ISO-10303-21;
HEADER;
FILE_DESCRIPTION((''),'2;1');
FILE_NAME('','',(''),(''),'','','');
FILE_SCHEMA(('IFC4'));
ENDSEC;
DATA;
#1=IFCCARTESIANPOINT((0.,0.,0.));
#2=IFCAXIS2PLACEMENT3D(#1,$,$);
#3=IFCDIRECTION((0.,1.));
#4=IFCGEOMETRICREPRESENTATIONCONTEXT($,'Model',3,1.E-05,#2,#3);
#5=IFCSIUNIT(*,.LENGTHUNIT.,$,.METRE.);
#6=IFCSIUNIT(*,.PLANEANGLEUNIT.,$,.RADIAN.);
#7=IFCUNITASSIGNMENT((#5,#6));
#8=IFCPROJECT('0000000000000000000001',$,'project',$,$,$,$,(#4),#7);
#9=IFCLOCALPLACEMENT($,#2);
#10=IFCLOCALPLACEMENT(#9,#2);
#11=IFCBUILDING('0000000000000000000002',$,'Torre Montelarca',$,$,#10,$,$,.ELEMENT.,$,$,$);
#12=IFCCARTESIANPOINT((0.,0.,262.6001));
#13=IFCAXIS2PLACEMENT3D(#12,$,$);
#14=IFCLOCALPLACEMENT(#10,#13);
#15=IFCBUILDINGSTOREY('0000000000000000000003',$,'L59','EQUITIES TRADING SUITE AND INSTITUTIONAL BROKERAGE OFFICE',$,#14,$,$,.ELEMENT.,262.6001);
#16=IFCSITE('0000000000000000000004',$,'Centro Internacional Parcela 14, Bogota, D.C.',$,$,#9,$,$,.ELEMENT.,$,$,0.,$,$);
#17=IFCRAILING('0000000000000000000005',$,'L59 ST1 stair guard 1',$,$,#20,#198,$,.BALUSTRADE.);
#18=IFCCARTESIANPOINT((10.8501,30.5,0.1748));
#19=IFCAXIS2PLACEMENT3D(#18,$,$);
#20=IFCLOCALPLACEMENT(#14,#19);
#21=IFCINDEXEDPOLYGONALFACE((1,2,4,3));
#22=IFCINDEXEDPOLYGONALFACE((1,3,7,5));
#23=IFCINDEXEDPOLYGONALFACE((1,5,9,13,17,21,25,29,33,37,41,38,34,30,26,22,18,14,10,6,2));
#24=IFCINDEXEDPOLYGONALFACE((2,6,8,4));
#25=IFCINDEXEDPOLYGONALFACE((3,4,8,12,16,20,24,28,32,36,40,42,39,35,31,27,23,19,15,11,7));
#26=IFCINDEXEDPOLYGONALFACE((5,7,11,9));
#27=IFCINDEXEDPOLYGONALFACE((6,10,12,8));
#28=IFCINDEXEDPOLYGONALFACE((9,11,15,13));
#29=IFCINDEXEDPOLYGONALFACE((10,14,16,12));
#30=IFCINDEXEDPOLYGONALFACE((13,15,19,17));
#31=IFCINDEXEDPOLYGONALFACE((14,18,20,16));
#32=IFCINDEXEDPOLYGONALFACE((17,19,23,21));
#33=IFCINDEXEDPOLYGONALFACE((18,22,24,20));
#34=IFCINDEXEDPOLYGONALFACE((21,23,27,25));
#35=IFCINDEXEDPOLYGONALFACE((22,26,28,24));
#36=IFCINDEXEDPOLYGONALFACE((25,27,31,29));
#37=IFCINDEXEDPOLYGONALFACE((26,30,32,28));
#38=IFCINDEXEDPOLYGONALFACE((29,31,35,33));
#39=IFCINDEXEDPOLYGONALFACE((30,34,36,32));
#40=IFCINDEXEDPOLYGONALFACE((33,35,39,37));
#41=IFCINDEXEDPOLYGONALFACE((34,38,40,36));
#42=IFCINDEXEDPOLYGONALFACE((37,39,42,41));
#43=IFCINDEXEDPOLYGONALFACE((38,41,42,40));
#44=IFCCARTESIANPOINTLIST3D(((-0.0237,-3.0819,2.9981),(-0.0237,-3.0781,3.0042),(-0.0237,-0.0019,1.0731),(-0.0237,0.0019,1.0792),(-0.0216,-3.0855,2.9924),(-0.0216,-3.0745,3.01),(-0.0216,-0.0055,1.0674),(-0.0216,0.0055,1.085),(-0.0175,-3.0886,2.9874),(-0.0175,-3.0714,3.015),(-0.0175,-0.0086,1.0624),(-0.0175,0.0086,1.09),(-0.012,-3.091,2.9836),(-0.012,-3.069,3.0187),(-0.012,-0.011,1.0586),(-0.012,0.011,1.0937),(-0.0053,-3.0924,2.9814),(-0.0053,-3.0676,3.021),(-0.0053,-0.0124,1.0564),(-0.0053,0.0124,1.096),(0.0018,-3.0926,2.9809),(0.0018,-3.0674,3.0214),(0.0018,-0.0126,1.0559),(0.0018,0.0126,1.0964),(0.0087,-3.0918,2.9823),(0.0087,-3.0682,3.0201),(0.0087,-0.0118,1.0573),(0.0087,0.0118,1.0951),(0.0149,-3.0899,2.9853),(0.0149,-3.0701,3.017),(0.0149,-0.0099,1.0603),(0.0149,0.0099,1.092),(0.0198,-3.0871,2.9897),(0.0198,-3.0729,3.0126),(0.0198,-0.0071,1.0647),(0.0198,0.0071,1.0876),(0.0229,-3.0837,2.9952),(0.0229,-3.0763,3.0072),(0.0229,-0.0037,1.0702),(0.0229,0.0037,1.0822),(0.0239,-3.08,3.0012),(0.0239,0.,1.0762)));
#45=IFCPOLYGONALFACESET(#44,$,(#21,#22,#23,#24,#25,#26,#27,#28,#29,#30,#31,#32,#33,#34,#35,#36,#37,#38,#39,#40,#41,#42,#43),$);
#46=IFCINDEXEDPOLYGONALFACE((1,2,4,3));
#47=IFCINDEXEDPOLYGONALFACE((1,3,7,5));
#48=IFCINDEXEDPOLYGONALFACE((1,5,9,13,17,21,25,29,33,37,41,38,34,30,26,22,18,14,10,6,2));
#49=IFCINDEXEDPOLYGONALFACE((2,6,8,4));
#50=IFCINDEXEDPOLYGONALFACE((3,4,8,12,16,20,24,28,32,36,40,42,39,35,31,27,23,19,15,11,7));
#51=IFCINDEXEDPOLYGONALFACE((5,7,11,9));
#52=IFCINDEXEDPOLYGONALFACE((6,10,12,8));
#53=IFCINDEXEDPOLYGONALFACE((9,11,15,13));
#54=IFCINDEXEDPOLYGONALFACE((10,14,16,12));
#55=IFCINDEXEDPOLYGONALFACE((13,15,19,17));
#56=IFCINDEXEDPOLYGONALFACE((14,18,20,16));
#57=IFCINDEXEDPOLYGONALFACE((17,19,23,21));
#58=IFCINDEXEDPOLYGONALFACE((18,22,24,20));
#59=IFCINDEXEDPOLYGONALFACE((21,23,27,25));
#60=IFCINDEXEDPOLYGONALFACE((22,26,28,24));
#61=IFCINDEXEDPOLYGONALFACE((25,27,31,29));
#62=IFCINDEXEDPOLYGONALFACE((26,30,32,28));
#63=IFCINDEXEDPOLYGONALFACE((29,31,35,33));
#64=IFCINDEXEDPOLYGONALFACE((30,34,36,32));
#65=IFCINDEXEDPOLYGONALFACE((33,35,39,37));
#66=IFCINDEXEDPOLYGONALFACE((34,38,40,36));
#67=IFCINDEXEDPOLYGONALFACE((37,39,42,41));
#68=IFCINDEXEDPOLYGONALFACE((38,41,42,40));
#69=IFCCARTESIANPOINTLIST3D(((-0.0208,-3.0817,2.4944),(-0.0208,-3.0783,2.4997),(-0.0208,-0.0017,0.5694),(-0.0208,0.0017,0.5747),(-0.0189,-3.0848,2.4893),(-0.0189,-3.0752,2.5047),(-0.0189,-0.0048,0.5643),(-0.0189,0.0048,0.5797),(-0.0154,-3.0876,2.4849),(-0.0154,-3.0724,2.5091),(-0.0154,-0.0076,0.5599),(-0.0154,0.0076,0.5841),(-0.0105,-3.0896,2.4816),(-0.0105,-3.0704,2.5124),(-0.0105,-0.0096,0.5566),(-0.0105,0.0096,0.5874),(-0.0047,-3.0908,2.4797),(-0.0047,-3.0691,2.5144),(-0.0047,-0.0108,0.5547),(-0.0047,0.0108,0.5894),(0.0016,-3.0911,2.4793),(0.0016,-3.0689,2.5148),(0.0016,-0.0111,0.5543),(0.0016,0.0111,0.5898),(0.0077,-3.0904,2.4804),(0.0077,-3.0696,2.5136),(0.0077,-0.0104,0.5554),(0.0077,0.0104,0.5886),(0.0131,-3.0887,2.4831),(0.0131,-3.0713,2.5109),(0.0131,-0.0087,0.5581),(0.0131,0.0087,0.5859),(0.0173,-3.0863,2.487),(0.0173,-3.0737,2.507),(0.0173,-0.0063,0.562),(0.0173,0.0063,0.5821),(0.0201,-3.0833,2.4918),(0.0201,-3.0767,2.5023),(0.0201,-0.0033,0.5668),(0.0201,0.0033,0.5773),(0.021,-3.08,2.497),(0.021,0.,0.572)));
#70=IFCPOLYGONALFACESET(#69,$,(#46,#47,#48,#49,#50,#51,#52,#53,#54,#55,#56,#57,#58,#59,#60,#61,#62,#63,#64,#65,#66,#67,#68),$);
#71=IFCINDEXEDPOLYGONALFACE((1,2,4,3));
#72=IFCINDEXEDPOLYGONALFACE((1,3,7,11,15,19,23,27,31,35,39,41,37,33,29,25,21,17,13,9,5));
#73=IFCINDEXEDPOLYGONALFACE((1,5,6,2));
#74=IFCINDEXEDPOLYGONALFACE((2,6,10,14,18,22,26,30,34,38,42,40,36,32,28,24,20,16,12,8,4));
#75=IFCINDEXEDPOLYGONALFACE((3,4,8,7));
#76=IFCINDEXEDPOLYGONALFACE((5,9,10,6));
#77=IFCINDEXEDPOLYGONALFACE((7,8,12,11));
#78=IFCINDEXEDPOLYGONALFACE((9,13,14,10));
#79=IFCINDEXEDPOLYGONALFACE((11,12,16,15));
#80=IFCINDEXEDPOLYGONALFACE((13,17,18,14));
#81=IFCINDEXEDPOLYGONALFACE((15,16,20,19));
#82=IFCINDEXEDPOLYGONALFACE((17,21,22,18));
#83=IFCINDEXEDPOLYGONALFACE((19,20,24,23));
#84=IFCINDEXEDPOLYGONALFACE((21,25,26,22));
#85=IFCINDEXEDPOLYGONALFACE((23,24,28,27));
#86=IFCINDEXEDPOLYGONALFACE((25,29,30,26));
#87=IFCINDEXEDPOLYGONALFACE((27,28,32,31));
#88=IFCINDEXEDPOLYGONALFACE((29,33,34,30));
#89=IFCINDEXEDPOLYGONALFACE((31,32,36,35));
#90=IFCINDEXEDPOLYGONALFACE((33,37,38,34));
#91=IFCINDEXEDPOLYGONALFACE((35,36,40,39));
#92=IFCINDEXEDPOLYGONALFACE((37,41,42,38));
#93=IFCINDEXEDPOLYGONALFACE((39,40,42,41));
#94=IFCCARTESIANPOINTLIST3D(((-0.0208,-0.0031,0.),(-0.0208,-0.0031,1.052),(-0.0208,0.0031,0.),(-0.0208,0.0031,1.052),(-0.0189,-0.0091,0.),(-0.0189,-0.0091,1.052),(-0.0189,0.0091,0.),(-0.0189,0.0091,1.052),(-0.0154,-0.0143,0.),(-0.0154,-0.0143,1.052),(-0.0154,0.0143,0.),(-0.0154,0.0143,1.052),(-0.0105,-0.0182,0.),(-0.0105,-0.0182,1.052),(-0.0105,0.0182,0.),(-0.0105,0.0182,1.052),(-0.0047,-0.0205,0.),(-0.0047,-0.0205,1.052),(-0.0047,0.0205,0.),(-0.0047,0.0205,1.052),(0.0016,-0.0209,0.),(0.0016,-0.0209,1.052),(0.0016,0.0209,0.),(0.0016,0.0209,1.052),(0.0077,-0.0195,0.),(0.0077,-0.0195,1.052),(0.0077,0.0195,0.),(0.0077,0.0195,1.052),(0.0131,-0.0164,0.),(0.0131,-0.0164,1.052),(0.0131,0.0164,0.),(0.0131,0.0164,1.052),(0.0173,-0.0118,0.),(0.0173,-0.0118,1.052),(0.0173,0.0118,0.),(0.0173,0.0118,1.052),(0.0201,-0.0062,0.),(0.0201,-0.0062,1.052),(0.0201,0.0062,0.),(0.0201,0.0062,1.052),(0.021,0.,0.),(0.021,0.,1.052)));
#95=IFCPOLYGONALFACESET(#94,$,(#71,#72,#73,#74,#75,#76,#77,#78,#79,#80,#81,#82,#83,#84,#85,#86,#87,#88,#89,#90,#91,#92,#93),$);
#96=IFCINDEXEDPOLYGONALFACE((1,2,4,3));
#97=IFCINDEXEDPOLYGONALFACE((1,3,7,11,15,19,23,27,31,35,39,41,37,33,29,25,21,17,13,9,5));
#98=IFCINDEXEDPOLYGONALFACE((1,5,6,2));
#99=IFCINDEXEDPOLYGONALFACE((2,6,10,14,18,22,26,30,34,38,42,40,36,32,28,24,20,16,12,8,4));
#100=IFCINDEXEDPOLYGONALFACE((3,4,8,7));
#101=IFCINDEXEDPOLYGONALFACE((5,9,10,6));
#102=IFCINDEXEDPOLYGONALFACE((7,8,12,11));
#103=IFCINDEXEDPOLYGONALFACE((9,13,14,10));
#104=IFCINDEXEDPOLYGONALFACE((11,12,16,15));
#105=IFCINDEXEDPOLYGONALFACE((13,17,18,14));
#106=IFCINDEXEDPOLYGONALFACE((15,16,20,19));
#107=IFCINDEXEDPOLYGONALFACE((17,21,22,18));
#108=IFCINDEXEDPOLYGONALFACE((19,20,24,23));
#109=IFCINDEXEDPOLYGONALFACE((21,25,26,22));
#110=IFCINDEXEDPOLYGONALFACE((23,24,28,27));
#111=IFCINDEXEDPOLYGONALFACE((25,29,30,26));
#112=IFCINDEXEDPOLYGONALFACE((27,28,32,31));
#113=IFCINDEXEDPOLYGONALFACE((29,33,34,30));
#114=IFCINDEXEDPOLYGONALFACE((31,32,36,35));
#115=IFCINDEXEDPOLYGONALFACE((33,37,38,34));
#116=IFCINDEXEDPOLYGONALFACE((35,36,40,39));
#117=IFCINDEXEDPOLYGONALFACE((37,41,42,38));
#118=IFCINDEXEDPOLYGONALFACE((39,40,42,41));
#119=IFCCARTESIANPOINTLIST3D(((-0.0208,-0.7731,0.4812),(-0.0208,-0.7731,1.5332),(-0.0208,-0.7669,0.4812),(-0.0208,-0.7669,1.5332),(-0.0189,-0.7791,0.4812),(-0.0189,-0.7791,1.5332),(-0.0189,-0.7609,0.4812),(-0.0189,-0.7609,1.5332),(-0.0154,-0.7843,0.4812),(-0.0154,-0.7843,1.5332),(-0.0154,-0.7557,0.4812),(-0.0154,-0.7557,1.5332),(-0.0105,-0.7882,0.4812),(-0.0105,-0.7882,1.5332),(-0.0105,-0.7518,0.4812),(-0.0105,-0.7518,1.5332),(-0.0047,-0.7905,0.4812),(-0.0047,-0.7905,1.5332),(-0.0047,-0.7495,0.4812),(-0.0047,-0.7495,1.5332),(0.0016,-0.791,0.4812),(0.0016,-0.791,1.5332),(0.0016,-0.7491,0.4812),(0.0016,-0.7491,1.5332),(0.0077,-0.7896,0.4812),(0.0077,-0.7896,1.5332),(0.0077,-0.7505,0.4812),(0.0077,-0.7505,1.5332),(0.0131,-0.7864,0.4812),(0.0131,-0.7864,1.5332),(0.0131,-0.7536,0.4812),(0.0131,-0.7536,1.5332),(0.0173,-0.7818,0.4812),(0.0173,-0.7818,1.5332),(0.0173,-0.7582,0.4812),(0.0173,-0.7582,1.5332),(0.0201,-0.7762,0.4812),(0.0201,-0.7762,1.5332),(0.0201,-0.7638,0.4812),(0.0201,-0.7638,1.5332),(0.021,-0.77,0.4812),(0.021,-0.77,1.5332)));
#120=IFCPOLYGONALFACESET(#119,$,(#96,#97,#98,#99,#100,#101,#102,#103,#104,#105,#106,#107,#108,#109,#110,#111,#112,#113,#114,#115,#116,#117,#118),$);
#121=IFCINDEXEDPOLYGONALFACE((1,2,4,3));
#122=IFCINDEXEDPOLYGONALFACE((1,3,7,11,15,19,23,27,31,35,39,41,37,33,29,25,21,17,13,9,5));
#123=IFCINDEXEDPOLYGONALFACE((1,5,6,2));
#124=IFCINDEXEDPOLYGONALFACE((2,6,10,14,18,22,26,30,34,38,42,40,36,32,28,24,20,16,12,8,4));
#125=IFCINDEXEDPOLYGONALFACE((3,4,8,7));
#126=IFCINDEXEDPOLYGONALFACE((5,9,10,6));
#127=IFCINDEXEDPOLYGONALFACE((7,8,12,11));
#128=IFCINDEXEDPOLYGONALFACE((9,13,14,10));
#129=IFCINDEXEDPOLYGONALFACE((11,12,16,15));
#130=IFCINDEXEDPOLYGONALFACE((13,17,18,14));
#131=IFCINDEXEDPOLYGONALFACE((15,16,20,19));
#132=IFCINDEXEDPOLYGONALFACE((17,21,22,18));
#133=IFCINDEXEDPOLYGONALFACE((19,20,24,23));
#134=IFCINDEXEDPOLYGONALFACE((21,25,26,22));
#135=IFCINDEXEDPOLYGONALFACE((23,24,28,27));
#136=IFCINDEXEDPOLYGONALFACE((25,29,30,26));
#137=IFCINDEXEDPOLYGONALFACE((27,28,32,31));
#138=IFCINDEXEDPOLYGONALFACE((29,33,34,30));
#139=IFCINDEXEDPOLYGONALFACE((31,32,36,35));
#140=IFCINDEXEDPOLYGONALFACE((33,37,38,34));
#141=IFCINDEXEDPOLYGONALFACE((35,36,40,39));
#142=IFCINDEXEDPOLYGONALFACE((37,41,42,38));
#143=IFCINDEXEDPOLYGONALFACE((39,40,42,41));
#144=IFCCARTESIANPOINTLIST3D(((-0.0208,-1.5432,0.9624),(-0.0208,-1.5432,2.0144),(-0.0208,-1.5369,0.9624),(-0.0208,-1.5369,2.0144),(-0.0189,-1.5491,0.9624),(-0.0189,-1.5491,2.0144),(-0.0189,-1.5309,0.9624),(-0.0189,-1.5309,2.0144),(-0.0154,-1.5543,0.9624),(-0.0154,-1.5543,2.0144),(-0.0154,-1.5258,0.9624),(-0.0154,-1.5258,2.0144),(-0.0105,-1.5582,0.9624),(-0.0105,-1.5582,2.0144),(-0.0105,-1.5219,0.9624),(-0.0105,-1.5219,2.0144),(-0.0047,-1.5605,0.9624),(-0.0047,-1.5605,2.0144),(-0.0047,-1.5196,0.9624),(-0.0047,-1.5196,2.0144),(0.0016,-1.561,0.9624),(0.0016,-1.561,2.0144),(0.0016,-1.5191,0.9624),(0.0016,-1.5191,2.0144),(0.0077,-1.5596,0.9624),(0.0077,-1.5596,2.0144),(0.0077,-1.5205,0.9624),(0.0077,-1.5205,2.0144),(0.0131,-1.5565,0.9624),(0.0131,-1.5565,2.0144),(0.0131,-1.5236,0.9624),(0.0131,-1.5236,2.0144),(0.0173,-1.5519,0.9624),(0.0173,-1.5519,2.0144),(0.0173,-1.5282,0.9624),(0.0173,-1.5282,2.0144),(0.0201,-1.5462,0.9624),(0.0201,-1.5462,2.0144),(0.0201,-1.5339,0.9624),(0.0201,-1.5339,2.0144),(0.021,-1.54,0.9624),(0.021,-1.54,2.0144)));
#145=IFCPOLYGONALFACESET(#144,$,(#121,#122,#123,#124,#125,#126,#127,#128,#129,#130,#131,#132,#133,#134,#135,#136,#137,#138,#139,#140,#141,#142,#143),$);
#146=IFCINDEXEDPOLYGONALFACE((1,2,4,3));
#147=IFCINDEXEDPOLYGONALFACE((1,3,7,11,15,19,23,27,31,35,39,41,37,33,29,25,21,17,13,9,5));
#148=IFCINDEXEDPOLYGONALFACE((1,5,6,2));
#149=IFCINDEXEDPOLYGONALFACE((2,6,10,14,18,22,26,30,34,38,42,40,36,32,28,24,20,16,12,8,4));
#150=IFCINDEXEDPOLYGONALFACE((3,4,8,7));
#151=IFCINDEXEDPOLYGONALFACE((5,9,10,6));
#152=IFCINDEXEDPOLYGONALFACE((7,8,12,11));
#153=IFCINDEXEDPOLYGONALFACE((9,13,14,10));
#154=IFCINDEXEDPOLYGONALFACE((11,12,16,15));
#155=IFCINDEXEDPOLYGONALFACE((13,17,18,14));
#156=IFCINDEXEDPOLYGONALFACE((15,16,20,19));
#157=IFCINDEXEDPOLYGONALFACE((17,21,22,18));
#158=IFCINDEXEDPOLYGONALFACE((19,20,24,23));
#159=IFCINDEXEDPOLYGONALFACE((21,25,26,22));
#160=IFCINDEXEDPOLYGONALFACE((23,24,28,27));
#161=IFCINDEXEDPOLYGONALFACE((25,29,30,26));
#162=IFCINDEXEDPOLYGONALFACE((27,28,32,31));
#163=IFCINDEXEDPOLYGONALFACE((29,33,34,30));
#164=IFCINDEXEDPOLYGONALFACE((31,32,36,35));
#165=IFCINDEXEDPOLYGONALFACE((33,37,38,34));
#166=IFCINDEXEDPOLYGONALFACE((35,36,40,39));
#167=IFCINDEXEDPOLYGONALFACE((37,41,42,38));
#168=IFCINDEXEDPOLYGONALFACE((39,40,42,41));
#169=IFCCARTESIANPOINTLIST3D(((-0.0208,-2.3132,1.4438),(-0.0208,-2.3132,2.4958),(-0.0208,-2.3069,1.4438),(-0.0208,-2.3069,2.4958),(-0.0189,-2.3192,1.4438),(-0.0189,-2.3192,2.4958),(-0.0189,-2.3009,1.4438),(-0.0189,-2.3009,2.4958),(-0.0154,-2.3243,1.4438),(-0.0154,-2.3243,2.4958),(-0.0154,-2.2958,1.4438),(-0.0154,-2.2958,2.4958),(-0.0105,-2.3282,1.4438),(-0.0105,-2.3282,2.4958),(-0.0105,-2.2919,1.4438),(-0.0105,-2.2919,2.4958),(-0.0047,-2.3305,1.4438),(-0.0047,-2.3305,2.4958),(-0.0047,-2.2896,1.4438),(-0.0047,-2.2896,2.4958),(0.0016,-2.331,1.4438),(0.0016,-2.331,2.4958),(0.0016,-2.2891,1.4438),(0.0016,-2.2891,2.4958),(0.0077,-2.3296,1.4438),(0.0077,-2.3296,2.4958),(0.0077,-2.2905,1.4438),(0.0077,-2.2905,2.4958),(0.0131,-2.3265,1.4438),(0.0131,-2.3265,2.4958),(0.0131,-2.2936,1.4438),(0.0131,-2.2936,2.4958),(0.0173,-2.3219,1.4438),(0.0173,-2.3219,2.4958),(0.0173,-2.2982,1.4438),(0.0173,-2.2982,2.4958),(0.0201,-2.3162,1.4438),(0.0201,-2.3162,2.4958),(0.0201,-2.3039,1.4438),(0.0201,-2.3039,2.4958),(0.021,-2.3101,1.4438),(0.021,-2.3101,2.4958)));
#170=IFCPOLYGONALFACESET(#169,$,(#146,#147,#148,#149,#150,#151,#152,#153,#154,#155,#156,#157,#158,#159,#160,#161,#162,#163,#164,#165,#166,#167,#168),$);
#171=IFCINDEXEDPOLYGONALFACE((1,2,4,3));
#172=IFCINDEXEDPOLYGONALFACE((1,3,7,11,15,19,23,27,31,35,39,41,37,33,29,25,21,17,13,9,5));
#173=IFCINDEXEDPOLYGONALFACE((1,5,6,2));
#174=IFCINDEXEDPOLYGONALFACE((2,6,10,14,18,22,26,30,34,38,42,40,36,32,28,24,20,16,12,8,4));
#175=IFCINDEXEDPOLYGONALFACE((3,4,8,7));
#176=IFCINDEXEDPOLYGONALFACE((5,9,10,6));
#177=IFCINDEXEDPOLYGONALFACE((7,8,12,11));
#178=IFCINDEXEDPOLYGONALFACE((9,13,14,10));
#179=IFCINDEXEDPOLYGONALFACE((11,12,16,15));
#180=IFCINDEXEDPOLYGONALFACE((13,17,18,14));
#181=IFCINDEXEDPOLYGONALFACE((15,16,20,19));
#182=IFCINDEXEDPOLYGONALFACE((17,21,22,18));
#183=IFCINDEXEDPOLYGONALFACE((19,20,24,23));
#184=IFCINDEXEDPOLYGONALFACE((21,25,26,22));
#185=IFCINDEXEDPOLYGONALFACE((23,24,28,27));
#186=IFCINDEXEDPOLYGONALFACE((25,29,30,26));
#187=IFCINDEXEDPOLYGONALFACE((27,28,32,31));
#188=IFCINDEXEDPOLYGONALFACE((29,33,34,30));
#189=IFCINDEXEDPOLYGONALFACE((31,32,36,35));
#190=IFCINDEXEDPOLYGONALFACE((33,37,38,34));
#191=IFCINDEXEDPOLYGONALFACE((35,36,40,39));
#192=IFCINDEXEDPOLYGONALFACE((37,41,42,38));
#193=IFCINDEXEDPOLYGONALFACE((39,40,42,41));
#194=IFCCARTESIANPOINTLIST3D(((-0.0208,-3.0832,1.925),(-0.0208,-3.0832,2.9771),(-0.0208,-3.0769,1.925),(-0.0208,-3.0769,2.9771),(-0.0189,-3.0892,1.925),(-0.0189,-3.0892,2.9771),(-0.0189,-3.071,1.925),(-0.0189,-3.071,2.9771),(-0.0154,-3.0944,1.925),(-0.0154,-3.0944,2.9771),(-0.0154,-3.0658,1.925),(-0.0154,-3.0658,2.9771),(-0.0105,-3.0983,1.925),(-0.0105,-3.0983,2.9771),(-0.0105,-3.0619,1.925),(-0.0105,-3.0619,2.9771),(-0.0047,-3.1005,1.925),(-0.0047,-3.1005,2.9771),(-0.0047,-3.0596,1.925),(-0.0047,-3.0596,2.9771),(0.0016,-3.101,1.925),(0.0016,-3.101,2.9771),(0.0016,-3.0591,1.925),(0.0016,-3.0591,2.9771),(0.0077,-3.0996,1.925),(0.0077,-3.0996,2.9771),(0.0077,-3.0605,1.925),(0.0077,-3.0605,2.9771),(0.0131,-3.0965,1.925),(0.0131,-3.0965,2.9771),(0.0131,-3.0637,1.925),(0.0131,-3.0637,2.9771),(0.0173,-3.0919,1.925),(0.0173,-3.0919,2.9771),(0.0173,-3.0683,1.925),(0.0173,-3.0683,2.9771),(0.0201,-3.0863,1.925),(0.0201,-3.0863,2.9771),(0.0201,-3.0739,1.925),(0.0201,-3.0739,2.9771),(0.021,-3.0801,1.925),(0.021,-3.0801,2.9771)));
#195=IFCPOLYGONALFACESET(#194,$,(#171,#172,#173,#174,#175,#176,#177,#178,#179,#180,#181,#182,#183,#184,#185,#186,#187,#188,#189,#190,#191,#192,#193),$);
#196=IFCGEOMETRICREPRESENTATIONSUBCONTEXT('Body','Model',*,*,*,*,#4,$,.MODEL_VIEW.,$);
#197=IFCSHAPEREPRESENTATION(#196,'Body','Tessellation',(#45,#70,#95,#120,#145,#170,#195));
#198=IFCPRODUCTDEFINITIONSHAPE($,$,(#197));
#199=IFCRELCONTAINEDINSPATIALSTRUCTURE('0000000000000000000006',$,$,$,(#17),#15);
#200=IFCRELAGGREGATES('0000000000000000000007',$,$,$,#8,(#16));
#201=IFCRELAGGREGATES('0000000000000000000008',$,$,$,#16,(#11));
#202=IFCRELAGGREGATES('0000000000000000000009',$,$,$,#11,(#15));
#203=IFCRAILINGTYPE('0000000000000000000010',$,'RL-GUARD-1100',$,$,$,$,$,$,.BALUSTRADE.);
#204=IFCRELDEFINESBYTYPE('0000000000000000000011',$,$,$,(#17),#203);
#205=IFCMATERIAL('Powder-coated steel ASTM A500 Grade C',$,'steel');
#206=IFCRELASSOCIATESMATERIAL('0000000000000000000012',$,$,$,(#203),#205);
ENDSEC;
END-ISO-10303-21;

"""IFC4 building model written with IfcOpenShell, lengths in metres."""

from ifc_helpers import new_model, si_unit, direction, frame, origin, origin_2d, place, context, subcontext, project, spatial, circle, extrude, material, type_object, element, save


model = new_model("IFC4")

# Units and contexts
model_context = context("Model", 3, precision=1e-05, world=origin(), true_north=direction((0.0, 1.0)))
body_context = subcontext(model_context, "Body", "Model", "MODEL_VIEW")
ifc_project = project(units=[si_unit("LENGTHUNIT", "METRE"), si_unit("PLANEANGLEUNIT", "RADIAN")], contexts=[model_context])

# Site, building, storey
site_placement = place(None, origin())
site = spatial("IfcSite", under=ifc_project, at=site_placement, Name="Centro Internacional Parcela 14, Bogota, D.C.", CompositionType="ELEMENT", RefElevation=0.0)
building_placement = place(site_placement, origin())
building = spatial("IfcBuilding", under=site, at=building_placement, Name="Torre Montelarca", CompositionType="ELEMENT")
storey_placement = place(building_placement, frame((0.0, 0.0, 262.6001)))
storey = spatial("IfcBuildingStorey", under=building, at=storey_placement, Name="L59", Description="EQUITIES TRADING SUITE AND INSTITUTIONAL BROKERAGE OFFICE", CompositionType="ELEMENT", Elevation=262.6001)

# Railing
ifc_material_1 = material(Name="Powder-coated steel ASTM A500 Grade C", Category="steel")
railing_type_1 = type_object("IfcRailingType", Name="RL-GUARD-1100", PredefinedType="BALUSTRADE", material=ifc_material_1)
railing_1_placement = place(storey_placement, frame((10.8501, 30.5, 0.1748)))
element("IfcRailing", 1, at=railing_1_placement, inside=storey, type_object=railing_type_1, Name="L59 ST1 stair guard 1", PredefinedType="BALUSTRADE", context=body_context, shape_type="SweptSolid", body=[
    extrude(circle(Radius=0.0239, at=origin_2d()), frame((0.0, 0.0, 1.0762), z_axis=(0.0, -0.847998, 0.529999), x_axis=(1.0, 0.0, 0.0)), (0.0, 0.0, 1.0), 3.6321),
    extrude(circle(Radius=0.021, at=origin_2d()), frame((0.0, 0.0, 0.572), z_axis=(0.0, -0.847998, 0.529999), x_axis=(1.0, 0.0, 0.0)), (0.0, 0.0, 1.0), 3.6321),
    extrude(circle(Radius=0.021, at=origin_2d()), origin(), (0.0, 0.0, 1.0), 1.052),
    extrude(circle(Radius=0.021, at=origin_2d()), frame((0.0, -0.77, 0.4812)), (0.0, 0.0, 1.0), 1.052),
    extrude(circle(Radius=0.021, at=origin_2d()), frame((0.0, -1.54, 0.9624)), (0.0, 0.0, 1.0), 1.052),
    extrude(circle(Radius=0.021, at=origin_2d()), frame((0.0, -2.3101, 1.4438)), (0.0, 0.0, 1.0), 1.052),
    extrude(circle(Radius=0.021, at=origin_2d()), frame((0.0, -3.0801, 1.925)), (0.0, 0.0, 1.0), 1.052),
])

save(model, "model.ifc")
